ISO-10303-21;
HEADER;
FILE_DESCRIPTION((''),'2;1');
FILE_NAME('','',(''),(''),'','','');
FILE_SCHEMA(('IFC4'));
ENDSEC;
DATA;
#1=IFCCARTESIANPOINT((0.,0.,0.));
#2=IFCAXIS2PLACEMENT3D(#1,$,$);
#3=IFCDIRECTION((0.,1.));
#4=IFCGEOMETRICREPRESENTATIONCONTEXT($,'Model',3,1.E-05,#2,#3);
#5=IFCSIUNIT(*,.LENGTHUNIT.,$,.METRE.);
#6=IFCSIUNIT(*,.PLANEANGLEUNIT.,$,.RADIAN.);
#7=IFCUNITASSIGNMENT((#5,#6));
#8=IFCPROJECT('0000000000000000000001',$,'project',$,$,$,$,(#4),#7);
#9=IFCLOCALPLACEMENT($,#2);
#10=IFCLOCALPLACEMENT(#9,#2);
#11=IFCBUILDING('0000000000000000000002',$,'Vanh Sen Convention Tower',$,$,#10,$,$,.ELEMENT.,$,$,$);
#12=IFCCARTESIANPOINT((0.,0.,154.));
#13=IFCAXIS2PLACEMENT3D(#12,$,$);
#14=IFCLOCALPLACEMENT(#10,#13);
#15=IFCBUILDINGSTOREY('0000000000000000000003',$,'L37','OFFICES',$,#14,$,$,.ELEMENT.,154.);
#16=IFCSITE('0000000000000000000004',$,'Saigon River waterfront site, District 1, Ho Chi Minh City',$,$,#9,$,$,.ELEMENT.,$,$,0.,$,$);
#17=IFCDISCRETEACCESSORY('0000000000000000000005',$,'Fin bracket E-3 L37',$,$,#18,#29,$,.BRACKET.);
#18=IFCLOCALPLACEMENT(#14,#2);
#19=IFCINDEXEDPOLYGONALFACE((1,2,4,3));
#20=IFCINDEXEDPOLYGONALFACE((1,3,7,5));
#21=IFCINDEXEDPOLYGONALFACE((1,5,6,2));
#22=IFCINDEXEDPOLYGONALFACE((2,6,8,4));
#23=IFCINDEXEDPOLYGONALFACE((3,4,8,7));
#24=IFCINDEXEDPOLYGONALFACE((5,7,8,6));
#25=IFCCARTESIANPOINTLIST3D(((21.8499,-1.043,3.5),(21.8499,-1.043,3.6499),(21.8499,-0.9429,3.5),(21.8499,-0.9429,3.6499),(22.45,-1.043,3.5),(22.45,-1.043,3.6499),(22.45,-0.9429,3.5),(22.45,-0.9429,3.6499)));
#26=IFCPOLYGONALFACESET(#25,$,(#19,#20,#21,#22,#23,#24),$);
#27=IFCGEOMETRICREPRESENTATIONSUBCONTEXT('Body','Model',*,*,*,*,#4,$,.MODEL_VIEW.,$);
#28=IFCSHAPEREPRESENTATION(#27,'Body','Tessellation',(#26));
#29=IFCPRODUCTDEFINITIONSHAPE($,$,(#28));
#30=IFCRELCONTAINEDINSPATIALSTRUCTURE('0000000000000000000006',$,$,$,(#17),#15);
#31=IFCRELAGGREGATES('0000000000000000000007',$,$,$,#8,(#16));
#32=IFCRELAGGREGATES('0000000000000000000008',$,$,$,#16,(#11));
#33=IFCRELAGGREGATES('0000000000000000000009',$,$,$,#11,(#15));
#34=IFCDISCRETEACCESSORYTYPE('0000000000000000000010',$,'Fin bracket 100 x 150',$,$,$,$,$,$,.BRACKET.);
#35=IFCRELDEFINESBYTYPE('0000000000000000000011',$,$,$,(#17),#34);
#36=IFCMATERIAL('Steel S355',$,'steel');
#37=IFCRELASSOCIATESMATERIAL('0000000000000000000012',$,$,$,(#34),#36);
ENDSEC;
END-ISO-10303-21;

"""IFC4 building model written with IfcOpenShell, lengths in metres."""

from ifc_helpers import new_model, si_unit, direction, frame, origin, origin_2d, place, context, subcontext, project, spatial, rectangle, extrude, material, type_object, element, save


model = new_model("IFC4")

# Units and contexts
model_context = context("Model", 3, precision=1e-05, world=origin(), true_north=direction((0.0, 1.0)))
body_context = subcontext(model_context, "Body", "Model", "MODEL_VIEW")
ifc_project = project(units=[si_unit("LENGTHUNIT", "METRE"), si_unit("PLANEANGLEUNIT", "RADIAN")], contexts=[model_context])

# Site, building, storey
site_placement = place(None, origin())
site = spatial("IfcSite", under=ifc_project, at=site_placement, Name="Saigon River waterfront site, District 1, Ho Chi Minh City", CompositionType="ELEMENT", RefElevation=0.0)
building_placement = place(site_placement, origin())
building = spatial("IfcBuilding", under=site, at=building_placement, Name="Vanh Sen Convention Tower", CompositionType="ELEMENT")
storey_placement = place(building_placement, frame((0.0, 0.0, 154.0)))
storey = spatial("IfcBuildingStorey", under=building, at=storey_placement, Name="L37", Description="OFFICES", CompositionType="ELEMENT", Elevation=154.0)

# Discrete accessory
ifc_material_1 = material(Name="Steel S355", Category="steel")
discrete_accessory_type = type_object("IfcDiscreteAccessoryType", Name="Fin bracket 100 x 150", PredefinedType="BRACKET", material=ifc_material_1)
for number, where, z_axis, x_axis, name in (
    (1, (22.1499, -0.9929, 3.5), (0.0, 0.0, 1.0), (1.0, 0.0, 0.0), "Fin bracket E-3 L37"),
):
    element("IfcDiscreteAccessory", number, at=place(storey_placement, frame(where, z_axis=z_axis, x_axis=x_axis)), inside=storey, type_object=discrete_accessory_type, Name=name, PredefinedType="BRACKET", context=body_context, shape_type="SweptSolid", body=[
        extrude(rectangle(XDim=0.6001, YDim=0.1001, at=origin_2d()), origin(), (0.0, 0.0, 1.0), 0.1499),
    ])

save(model, "model.ifc")
